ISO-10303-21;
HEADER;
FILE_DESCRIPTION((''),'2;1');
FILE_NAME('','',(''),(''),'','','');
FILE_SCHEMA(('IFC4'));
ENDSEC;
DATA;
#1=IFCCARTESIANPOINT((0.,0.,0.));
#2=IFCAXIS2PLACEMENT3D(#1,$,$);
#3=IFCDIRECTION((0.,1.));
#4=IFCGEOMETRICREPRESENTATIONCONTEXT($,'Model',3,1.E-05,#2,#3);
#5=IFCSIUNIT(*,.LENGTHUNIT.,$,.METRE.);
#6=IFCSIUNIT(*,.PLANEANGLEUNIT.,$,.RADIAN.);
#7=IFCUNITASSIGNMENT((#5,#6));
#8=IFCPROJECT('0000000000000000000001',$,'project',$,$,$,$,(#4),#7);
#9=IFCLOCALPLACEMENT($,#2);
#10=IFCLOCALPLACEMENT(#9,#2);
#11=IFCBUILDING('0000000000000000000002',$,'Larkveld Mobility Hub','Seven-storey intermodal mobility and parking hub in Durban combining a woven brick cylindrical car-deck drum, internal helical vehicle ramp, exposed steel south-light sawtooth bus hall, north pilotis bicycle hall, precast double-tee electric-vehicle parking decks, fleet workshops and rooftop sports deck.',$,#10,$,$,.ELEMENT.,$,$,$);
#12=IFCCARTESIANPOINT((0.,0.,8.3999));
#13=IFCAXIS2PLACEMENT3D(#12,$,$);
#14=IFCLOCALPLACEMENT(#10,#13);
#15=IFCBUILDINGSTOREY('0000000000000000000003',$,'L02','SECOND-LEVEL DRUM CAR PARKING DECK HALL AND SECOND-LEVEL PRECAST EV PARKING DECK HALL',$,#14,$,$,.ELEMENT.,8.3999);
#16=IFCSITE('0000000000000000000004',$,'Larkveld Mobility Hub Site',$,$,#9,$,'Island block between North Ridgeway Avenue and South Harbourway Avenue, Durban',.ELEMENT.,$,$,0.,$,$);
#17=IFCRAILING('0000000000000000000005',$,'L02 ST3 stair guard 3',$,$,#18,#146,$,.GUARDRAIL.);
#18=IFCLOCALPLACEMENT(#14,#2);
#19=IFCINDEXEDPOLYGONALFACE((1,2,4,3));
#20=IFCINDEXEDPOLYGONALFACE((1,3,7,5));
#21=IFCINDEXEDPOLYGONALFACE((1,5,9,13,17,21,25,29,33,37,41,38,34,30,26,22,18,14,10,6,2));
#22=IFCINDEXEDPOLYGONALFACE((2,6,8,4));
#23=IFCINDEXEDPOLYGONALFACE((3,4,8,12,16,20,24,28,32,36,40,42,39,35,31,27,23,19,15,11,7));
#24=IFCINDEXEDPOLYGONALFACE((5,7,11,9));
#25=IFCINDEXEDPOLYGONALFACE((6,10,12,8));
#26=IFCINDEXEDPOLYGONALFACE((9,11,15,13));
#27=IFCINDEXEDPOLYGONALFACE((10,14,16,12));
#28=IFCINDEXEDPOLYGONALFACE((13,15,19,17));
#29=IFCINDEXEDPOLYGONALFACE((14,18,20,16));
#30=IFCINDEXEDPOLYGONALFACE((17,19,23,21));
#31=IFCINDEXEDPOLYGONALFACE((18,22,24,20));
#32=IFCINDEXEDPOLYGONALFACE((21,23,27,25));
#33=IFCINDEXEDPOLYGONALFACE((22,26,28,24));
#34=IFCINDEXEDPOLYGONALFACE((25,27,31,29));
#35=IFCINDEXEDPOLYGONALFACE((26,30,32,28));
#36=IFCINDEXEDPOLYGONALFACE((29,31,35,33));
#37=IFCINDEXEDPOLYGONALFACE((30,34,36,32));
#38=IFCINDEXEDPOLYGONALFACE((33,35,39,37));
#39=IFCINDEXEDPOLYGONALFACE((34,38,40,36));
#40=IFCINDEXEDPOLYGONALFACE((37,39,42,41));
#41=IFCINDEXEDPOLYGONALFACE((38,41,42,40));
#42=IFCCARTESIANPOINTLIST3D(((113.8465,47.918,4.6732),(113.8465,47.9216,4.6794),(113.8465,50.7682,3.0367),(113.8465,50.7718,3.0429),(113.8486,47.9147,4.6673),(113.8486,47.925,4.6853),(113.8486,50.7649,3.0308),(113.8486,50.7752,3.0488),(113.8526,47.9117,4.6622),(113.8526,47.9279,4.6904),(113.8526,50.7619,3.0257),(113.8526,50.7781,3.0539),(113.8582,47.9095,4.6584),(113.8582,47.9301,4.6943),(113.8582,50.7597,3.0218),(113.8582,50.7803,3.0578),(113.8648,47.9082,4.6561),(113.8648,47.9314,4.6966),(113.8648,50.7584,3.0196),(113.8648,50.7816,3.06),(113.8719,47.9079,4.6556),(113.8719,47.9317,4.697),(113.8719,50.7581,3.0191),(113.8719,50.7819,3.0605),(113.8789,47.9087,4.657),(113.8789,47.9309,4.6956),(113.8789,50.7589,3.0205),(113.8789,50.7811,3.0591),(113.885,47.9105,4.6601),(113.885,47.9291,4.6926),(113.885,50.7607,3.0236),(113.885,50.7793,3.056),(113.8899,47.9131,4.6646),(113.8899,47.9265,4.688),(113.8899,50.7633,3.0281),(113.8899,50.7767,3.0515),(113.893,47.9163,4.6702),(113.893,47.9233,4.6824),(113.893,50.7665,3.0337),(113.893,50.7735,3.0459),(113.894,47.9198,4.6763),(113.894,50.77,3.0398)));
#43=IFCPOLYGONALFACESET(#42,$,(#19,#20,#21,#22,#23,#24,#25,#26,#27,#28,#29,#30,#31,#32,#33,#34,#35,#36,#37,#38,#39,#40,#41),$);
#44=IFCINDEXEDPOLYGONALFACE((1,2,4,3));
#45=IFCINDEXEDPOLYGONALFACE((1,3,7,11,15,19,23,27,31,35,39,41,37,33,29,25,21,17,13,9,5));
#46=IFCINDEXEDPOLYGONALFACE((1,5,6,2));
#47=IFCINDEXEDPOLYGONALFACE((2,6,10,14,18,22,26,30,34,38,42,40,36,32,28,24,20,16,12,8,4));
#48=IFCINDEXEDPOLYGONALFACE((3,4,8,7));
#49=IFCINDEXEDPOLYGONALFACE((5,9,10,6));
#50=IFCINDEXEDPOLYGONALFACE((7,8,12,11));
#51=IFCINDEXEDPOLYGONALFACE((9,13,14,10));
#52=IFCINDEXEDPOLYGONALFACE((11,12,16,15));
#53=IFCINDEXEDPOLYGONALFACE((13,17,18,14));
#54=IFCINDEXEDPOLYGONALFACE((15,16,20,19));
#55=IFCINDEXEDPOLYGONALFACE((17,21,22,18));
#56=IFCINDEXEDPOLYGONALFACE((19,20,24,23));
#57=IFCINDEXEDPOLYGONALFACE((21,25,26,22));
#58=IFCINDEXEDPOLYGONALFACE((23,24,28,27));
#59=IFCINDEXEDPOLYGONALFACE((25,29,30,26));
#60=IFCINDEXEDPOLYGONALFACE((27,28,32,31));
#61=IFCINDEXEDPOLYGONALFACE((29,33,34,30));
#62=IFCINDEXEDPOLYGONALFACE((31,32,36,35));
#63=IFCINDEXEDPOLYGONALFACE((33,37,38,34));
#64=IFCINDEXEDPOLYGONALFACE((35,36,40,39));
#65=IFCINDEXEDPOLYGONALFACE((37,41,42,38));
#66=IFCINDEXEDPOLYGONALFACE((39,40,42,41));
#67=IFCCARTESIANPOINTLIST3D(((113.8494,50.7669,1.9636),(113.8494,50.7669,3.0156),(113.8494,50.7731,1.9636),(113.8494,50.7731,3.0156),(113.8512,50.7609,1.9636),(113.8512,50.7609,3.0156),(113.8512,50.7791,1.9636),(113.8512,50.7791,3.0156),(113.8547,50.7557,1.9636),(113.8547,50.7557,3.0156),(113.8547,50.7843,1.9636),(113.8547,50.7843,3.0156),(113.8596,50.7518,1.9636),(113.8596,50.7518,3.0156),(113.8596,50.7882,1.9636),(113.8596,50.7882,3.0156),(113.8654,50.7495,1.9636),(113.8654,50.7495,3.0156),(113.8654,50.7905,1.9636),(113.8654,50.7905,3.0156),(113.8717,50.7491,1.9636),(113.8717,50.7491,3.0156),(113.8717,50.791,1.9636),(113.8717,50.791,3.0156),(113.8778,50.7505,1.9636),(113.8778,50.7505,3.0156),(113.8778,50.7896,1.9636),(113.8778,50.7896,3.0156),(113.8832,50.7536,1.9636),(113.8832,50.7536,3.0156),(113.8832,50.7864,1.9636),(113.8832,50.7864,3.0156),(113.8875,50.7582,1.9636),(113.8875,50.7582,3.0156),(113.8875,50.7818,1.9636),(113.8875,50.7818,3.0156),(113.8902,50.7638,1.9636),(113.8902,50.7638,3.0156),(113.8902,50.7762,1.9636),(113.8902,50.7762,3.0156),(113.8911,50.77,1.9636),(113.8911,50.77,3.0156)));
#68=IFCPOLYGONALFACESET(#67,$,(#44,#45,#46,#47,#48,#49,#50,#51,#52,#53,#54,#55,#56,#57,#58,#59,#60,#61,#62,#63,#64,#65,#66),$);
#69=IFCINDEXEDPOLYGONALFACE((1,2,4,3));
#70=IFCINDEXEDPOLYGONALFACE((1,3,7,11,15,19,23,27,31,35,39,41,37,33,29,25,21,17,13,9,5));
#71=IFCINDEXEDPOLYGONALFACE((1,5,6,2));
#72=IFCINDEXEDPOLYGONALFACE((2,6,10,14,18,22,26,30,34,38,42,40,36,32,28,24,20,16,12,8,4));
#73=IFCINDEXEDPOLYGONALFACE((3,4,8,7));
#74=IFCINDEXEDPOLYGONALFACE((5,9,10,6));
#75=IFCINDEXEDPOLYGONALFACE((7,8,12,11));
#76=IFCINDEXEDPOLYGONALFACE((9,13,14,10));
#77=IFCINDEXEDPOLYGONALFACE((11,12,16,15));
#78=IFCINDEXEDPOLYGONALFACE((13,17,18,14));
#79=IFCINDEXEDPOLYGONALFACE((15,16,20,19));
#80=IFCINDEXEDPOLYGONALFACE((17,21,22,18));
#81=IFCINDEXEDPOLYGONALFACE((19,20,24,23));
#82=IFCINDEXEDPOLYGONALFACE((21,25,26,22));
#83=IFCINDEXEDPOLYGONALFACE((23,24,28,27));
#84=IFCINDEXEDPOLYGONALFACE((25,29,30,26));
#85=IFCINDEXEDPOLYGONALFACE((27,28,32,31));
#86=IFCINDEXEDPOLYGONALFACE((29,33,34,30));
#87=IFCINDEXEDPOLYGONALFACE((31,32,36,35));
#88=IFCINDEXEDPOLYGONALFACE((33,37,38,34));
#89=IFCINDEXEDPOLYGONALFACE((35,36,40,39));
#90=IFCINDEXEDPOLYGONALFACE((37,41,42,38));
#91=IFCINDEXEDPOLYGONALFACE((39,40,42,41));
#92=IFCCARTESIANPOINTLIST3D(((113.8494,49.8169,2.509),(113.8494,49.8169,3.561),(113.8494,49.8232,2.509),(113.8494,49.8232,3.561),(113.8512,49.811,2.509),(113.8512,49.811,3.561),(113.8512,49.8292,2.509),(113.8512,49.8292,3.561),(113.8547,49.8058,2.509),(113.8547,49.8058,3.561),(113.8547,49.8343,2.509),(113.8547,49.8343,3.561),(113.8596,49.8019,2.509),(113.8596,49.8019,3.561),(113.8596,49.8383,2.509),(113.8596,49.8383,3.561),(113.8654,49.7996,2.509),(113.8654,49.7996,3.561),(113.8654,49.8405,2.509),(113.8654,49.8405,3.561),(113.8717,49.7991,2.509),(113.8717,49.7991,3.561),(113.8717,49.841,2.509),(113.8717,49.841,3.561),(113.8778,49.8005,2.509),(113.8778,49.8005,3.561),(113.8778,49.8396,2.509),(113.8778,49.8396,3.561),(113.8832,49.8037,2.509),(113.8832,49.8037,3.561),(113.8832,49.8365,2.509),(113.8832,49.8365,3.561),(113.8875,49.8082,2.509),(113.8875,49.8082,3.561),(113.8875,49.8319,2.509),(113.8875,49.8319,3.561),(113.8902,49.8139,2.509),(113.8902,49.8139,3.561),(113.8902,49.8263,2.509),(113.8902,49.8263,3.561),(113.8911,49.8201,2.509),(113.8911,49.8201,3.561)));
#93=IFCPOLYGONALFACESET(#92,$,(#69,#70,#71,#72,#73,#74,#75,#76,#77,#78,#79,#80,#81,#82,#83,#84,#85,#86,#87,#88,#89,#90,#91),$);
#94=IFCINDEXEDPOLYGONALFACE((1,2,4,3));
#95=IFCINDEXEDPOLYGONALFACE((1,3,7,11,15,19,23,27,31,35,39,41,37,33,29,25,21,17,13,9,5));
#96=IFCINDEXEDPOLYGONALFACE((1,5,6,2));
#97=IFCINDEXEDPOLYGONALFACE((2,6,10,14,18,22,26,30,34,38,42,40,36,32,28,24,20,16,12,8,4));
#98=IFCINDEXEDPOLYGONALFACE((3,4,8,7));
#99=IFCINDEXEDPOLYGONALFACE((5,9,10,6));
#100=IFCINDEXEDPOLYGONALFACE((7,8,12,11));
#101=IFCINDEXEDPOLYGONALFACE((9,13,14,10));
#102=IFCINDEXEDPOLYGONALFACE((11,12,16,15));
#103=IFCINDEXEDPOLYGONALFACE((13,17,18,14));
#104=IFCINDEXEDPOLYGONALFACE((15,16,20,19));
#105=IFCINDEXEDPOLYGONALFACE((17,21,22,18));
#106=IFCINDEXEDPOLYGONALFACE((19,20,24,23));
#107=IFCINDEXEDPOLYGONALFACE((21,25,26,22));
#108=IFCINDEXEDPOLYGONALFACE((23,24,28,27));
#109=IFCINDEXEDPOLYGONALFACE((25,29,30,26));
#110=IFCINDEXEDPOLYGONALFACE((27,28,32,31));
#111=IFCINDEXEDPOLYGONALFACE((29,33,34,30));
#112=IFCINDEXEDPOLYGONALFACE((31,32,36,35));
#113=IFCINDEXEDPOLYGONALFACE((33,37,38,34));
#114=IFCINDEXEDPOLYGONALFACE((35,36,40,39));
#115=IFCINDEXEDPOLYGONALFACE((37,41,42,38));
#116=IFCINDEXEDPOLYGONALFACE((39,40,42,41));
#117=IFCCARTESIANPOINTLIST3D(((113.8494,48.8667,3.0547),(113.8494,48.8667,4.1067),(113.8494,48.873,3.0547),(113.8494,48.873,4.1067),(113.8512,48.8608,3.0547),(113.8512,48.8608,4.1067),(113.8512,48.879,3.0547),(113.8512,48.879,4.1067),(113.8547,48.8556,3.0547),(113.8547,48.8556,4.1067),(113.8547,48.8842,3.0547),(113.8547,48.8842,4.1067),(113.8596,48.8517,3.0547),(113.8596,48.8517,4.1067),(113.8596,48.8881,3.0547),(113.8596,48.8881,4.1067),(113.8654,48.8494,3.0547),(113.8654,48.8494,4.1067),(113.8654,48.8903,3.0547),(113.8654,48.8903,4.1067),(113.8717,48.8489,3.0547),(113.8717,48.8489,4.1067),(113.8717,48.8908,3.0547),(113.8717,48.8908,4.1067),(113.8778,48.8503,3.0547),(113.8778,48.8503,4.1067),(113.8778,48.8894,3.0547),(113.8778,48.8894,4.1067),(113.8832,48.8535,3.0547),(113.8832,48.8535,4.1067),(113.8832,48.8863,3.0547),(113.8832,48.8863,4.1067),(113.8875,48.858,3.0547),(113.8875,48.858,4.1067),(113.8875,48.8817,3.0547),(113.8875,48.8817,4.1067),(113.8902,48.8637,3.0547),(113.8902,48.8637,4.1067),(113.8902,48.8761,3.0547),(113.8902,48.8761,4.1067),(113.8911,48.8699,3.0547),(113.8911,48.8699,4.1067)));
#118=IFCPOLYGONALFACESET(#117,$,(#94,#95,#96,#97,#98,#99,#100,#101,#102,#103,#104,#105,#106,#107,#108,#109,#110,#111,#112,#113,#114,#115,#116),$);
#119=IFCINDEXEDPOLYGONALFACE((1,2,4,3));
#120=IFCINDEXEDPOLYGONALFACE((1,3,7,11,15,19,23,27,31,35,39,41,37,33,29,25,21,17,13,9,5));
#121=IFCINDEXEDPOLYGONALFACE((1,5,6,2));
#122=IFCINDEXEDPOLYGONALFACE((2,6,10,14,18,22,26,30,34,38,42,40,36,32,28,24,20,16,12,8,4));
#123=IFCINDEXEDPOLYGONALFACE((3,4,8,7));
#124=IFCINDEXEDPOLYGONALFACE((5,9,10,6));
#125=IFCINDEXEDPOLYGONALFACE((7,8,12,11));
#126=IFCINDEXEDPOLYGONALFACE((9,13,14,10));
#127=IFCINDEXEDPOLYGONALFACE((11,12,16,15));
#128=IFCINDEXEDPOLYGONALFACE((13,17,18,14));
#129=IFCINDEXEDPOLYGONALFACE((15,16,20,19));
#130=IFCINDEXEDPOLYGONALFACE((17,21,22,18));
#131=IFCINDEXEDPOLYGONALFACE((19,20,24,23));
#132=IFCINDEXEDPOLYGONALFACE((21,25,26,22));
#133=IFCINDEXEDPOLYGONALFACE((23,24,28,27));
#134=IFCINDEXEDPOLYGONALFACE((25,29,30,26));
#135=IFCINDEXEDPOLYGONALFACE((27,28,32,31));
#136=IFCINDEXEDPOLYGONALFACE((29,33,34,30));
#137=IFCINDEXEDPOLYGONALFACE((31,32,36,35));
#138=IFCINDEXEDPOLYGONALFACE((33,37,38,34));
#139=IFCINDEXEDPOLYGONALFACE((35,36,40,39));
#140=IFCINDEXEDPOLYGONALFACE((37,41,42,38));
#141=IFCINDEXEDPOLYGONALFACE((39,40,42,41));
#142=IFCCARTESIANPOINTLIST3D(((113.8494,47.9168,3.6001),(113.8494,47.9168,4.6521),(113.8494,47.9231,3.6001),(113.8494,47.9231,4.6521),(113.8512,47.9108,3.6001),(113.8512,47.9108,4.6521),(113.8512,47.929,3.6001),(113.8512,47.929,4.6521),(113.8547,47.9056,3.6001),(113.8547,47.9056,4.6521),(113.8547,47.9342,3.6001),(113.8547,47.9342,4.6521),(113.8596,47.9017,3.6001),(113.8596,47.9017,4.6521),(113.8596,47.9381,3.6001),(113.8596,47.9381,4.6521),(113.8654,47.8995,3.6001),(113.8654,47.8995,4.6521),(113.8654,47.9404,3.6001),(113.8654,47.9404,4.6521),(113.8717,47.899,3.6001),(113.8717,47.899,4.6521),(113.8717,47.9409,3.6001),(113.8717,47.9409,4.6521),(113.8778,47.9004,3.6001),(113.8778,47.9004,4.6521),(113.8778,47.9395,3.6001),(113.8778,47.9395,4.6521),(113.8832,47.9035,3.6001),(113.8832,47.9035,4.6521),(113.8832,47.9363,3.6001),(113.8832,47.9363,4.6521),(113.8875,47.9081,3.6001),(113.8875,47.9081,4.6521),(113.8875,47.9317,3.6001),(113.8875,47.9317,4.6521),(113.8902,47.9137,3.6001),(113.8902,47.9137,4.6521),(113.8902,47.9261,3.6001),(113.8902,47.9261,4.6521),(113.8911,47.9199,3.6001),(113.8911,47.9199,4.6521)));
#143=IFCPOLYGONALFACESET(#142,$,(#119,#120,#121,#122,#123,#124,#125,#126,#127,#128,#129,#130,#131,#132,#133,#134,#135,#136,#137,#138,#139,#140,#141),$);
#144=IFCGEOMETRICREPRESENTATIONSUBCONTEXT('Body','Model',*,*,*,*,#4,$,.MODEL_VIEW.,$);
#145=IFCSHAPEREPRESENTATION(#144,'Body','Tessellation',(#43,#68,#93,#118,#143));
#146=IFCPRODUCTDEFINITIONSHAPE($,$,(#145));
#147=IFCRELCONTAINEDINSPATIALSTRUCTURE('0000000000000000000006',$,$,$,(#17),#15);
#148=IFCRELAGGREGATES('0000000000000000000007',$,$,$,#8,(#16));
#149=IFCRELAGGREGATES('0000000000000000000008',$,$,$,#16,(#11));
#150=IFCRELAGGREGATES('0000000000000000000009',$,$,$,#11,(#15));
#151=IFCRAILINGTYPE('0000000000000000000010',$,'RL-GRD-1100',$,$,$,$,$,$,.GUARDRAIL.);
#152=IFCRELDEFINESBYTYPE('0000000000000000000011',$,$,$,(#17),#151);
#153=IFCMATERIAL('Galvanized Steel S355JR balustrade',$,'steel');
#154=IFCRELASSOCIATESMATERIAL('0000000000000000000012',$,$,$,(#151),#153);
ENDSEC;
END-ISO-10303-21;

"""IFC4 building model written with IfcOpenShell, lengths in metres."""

from ifc_helpers import new_model, si_unit, direction, frame, origin, origin_2d, place, context, subcontext, project, spatial, circle, extrude, material, type_object, element, save


model = new_model("IFC4")

# Units and contexts
model_context = context("Model", 3, precision=1e-05, world=origin(), true_north=direction((0.0, 1.0)))
body_context = subcontext(model_context, "Body", "Model", "MODEL_VIEW")
ifc_project = project(units=[si_unit("LENGTHUNIT", "METRE"), si_unit("PLANEANGLEUNIT", "RADIAN")], contexts=[model_context])

# Site, building, storey
site_placement = place(None, origin())
site = spatial("IfcSite", under=ifc_project, at=site_placement, Name="Larkveld Mobility Hub Site", LongName="Island block between North Ridgeway Avenue and South Harbourway Avenue, Durban", CompositionType="ELEMENT", RefElevation=0.0)
building_placement = place(site_placement, origin())
building = spatial("IfcBuilding", under=site, at=building_placement, Name="Larkveld Mobility Hub", Description="Seven-storey intermodal mobility and parking hub in Durban combining a woven brick cylindrical car-deck drum, internal helical vehicle ramp, exposed steel south-light sawtooth bus hall, north pilotis bicycle hall, precast double-tee electric-vehicle parking decks, fleet workshops and rooftop sports deck.", CompositionType="ELEMENT")
storey_placement = place(building_placement, frame((0.0, 0.0, 8.3999)))
storey = spatial("IfcBuildingStorey", under=building, at=storey_placement, Name="L02", Description="SECOND-LEVEL DRUM CAR PARKING DECK HALL AND SECOND-LEVEL PRECAST EV PARKING DECK HALL", CompositionType="ELEMENT", Elevation=8.3999)

# Railing
ifc_material_1 = material(Name="Galvanized Steel S355JR balustrade", Category="steel")
railing_type_1 = type_object("IfcRailingType", Name="RL-GRD-1100", PredefinedType="GUARDRAIL", material=ifc_material_1)
railing_1_placement = place(storey_placement, frame((113.8701, 50.77, 1.9636)))
element("IfcRailing", 1, at=railing_1_placement, inside=storey, type_object=railing_type_1, Name="L02 ST3 stair guard 3", PredefinedType="GUARDRAIL", context=body_context, shape_type="SweptSolid", body=[
    extrude(circle(Radius=0.0239, at=origin_2d()), frame((0.0, 0.0, 1.0762), z_axis=(0.0, -0.867213, 0.497938), x_axis=(1.0, 0.0, 0.0)), (0.0, 0.0, 1.0), 3.2866),
    extrude(circle(Radius=0.021, at=origin_2d()), origin(), (0.0, 0.0, 1.0), 1.052),
    extrude(circle(Radius=0.021, at=origin_2d()), frame((0.0, -0.95, 0.5454)), (0.0, 0.0, 1.0), 1.052),
    extrude(circle(Radius=0.021, at=origin_2d()), frame((0.0, -1.9001, 1.0911)), (0.0, 0.0, 1.0), 1.052),
    extrude(circle(Radius=0.021, at=origin_2d()), frame((0.0, -2.8501, 1.6365)), (0.0, 0.0, 1.0), 1.052),
])

save(model, "model.ifc")
